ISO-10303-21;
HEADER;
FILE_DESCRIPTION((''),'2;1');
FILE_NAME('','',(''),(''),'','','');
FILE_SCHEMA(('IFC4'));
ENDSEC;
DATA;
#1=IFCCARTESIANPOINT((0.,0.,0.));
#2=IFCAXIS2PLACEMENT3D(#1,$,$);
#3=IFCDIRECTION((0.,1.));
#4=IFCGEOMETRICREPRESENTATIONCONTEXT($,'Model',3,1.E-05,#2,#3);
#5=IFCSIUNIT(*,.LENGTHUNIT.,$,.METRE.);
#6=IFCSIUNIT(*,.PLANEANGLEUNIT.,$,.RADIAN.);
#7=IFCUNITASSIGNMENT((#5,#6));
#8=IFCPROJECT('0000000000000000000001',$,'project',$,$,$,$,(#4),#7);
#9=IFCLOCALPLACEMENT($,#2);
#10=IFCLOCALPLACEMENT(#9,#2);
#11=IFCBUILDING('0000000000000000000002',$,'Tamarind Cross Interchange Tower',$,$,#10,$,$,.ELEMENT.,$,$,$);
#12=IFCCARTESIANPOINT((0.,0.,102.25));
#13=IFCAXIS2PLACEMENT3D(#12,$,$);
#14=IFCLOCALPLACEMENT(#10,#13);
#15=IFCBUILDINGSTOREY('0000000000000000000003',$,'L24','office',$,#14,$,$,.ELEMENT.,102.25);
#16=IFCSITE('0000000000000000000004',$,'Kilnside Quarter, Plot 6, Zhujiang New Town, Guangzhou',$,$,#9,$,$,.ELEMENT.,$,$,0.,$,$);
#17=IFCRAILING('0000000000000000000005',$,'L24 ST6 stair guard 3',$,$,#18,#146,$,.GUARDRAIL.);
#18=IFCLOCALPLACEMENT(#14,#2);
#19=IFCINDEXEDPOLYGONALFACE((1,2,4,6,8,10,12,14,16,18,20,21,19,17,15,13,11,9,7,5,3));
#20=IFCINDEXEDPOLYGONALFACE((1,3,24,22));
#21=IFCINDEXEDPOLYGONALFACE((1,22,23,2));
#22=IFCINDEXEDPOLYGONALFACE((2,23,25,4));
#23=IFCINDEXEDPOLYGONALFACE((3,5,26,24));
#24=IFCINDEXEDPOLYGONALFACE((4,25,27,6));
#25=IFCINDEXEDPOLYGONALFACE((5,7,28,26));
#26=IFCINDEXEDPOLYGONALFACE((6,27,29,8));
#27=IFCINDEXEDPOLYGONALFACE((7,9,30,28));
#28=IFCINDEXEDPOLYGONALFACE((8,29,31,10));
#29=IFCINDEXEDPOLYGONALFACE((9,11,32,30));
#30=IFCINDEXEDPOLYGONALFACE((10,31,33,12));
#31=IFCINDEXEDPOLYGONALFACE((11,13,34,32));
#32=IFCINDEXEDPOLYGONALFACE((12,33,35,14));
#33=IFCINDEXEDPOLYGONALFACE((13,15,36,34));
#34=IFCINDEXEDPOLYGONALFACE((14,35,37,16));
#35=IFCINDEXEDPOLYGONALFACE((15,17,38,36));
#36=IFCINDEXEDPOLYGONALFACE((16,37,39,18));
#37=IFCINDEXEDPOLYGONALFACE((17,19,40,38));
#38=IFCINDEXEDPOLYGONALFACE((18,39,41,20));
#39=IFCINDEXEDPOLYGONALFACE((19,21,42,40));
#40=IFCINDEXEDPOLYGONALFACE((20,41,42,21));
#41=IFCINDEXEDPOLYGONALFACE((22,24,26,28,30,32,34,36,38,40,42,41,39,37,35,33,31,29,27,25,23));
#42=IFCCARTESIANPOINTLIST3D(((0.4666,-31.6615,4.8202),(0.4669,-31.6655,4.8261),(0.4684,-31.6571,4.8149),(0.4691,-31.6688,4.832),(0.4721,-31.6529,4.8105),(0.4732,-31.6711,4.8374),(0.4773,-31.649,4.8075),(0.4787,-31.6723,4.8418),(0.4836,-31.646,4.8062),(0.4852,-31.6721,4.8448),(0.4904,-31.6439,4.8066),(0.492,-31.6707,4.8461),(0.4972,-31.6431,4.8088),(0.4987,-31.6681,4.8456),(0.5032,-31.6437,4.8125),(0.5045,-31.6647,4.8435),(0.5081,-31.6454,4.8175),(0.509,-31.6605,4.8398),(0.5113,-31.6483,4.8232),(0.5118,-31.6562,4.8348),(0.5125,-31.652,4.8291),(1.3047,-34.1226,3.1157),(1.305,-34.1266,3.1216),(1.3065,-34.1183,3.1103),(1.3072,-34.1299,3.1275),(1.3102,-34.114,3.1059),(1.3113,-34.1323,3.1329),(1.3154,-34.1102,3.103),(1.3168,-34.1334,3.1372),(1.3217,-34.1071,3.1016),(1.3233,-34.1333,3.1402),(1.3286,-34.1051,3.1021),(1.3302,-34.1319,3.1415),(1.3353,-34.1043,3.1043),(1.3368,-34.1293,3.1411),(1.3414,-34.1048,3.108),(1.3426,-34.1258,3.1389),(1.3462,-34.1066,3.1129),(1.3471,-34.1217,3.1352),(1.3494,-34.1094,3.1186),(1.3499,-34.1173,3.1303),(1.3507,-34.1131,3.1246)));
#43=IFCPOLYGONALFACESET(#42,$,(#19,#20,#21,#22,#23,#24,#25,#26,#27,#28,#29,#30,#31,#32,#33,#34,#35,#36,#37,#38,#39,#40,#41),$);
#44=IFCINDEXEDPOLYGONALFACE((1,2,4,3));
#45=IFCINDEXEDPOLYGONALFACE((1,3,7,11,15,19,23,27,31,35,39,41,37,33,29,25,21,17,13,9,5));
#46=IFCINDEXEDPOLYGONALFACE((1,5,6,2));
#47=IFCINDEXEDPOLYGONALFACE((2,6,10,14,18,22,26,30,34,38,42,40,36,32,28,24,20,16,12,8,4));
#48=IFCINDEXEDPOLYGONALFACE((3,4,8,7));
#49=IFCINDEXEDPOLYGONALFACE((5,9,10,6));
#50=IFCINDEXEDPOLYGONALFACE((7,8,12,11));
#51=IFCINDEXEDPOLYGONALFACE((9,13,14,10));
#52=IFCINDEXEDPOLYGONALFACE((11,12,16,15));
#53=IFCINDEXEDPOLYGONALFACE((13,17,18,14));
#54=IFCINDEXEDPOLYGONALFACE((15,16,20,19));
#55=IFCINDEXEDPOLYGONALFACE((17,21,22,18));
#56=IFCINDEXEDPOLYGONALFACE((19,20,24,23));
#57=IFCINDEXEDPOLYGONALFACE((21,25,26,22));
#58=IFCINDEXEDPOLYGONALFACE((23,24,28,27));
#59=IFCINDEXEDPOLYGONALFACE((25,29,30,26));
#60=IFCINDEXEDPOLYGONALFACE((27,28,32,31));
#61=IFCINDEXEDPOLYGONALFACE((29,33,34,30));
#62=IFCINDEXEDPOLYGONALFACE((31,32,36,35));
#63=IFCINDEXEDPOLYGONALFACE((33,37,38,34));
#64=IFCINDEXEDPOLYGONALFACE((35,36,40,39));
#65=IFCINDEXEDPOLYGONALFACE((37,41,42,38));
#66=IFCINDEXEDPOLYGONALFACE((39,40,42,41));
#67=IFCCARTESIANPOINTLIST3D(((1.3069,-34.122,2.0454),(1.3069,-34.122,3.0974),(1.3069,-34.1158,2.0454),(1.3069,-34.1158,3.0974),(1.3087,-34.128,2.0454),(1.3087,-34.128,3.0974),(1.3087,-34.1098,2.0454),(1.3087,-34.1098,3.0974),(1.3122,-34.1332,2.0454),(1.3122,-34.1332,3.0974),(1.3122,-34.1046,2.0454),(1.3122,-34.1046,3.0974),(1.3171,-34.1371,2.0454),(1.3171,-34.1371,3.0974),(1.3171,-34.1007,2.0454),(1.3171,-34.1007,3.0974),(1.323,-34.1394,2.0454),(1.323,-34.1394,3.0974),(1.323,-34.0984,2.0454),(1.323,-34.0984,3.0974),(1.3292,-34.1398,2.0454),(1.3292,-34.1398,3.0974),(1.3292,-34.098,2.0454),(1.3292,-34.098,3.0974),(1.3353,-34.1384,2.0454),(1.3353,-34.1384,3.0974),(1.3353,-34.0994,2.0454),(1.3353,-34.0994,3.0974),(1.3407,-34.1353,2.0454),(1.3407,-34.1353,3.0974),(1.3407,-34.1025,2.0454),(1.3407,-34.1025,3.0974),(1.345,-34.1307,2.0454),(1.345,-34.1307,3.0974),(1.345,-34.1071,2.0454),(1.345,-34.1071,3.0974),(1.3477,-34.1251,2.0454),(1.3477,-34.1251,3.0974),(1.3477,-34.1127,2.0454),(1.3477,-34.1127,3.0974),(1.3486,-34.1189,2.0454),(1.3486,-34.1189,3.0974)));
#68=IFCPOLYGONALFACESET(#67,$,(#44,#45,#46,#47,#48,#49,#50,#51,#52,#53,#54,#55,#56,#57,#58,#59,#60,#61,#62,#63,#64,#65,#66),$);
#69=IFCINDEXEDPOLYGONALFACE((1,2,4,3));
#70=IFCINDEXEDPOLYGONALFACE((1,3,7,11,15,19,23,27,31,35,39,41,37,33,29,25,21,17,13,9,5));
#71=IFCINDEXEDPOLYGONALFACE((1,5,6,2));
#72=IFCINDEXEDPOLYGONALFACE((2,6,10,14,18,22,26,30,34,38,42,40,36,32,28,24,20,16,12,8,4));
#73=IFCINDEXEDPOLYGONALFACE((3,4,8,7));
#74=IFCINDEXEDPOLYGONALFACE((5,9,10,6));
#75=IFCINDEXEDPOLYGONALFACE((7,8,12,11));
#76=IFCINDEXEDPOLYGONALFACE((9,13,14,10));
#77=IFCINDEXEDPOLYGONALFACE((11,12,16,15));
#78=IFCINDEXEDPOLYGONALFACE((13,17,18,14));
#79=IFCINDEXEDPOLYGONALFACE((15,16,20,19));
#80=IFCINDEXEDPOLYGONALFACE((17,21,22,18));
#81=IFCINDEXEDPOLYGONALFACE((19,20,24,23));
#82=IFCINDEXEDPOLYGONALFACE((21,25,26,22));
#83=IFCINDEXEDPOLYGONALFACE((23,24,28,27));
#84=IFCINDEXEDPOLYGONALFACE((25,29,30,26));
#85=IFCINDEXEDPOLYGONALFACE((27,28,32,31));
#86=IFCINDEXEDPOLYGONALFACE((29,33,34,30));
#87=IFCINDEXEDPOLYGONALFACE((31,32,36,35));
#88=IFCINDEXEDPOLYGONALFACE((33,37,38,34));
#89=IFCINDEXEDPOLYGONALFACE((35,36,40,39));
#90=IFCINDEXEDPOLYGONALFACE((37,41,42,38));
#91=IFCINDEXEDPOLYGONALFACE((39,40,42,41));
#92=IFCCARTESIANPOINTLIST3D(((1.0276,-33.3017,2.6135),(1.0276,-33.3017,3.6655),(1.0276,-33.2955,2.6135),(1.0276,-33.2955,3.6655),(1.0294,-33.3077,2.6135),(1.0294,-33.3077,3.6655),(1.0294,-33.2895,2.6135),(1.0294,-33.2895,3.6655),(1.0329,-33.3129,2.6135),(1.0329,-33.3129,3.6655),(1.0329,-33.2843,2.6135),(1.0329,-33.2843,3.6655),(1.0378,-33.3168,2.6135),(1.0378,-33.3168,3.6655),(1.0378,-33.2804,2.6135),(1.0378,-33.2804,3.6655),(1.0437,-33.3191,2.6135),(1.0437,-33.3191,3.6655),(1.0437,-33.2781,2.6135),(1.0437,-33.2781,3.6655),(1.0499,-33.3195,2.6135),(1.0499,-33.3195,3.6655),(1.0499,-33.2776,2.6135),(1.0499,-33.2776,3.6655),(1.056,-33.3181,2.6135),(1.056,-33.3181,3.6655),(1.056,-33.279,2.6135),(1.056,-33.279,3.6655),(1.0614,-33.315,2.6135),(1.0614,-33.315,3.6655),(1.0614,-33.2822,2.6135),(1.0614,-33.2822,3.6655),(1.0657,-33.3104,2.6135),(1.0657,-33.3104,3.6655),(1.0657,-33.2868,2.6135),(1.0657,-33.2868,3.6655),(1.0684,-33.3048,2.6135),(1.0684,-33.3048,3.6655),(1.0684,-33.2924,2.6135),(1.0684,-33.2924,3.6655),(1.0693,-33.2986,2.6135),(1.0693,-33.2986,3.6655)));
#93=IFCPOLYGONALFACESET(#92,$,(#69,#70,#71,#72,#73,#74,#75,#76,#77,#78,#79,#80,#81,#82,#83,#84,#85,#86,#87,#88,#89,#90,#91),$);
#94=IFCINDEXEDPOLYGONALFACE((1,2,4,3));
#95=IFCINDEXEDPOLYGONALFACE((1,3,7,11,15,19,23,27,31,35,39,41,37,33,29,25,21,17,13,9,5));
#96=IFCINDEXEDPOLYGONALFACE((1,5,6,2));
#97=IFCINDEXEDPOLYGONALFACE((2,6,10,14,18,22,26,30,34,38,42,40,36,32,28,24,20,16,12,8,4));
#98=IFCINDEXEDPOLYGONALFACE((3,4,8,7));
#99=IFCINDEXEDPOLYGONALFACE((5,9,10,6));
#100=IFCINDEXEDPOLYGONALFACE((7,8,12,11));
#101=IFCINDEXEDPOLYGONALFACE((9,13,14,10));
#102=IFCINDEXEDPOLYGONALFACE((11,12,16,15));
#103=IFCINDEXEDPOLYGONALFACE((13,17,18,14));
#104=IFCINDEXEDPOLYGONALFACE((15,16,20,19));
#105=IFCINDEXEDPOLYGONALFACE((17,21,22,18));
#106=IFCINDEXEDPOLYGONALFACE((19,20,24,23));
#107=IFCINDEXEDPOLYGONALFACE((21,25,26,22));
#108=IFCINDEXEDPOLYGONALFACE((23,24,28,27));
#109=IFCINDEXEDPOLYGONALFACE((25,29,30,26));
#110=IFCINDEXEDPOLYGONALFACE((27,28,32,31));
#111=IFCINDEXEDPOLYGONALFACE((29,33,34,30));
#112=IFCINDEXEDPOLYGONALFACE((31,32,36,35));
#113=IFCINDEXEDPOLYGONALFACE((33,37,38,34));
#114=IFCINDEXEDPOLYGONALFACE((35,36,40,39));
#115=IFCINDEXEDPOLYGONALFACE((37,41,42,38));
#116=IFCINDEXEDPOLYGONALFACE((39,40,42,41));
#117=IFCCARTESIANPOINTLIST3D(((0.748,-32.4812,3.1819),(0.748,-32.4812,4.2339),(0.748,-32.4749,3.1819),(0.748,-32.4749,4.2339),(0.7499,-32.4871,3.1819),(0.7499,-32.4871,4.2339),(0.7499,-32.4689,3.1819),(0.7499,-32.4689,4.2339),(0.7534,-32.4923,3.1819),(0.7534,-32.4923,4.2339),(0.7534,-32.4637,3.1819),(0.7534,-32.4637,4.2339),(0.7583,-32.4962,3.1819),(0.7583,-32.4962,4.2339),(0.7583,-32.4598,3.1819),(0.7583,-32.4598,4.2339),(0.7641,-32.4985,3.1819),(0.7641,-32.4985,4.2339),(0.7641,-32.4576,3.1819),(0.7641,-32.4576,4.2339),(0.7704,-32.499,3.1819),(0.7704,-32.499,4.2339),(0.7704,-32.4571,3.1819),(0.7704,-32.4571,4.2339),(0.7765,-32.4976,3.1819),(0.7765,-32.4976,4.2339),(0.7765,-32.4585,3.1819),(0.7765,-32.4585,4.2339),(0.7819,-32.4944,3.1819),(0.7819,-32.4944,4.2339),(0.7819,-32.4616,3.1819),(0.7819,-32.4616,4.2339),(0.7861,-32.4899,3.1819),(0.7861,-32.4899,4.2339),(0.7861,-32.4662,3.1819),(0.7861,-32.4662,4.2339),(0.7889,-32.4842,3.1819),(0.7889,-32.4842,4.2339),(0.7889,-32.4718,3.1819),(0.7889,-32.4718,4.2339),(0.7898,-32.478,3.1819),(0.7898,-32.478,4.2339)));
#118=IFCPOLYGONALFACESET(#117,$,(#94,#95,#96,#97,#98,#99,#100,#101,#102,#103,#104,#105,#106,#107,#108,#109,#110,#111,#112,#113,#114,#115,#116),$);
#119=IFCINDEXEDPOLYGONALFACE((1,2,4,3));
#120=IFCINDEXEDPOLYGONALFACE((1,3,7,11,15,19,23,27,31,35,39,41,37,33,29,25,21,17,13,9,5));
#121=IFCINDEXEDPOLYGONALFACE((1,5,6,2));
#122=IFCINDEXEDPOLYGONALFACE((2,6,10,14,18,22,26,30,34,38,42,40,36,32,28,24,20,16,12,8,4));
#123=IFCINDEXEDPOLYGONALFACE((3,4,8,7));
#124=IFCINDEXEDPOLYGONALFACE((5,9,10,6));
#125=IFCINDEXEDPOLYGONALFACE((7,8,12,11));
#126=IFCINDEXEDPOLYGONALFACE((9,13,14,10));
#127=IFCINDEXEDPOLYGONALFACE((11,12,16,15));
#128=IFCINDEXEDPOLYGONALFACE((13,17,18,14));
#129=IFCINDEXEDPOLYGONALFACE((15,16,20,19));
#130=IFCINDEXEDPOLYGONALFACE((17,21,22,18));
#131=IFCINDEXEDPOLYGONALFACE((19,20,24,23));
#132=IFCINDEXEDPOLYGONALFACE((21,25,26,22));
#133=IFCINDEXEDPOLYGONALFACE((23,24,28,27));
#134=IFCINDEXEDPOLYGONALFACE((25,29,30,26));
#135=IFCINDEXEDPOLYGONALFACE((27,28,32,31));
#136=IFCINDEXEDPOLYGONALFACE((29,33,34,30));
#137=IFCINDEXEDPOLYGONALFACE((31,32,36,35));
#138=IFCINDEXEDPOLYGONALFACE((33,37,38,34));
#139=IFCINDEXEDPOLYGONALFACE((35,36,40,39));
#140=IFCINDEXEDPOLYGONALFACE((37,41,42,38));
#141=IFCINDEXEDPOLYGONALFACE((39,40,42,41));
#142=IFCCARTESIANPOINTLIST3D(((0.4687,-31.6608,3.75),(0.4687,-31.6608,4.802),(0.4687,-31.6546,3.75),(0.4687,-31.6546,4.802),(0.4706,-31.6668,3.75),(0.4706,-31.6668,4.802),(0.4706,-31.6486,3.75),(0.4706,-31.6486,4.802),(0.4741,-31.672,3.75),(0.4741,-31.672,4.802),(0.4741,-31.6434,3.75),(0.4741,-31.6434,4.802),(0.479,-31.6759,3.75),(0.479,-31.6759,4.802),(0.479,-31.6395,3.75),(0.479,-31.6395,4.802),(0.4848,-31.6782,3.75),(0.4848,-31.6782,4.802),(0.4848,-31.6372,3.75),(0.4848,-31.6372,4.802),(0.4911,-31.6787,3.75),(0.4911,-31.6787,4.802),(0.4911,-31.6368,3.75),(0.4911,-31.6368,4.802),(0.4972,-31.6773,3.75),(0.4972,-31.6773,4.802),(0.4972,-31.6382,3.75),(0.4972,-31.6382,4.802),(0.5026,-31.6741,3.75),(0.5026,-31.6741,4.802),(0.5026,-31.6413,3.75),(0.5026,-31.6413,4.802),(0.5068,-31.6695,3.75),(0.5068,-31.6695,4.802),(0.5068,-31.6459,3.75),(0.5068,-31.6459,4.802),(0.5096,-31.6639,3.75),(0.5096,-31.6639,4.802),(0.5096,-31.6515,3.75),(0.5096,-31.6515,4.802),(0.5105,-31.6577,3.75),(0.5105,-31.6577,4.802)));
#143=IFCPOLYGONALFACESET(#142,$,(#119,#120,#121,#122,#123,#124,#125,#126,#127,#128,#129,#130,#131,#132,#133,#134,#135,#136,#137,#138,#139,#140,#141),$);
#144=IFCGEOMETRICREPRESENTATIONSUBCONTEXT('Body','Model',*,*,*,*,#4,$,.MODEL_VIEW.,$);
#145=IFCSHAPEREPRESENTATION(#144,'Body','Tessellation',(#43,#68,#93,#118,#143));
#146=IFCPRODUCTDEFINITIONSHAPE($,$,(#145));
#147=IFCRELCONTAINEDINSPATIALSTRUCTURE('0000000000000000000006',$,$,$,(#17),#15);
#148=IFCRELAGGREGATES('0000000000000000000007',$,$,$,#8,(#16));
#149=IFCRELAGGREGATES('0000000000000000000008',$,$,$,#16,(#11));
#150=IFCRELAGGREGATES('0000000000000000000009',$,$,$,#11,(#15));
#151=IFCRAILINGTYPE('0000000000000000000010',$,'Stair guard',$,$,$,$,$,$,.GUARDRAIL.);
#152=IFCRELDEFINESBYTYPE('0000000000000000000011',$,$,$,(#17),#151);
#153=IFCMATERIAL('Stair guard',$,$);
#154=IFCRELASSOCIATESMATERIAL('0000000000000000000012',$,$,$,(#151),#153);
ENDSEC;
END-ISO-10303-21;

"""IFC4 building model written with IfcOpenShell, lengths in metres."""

from ifc_helpers import new_model, si_unit, direction, frame, origin, origin_2d, place, context, subcontext, project, spatial, circle, extrude, material, type_object, element, save


model = new_model("IFC4")

# Units and contexts
model_context = context("Model", 3, precision=1e-05, world=origin(), true_north=direction((0.0, 1.0)))
body_context = subcontext(model_context, "Body", "Model", "MODEL_VIEW")
ifc_project = project(units=[si_unit("LENGTHUNIT", "METRE"), si_unit("PLANEANGLEUNIT", "RADIAN")], contexts=[model_context])

# Site, building, storey
site_placement = place(None, origin())
site = spatial("IfcSite", under=ifc_project, at=site_placement, Name="Kilnside Quarter, Plot 6, Zhujiang New Town, Guangzhou", CompositionType="ELEMENT", RefElevation=0.0)
building_placement = place(site_placement, origin())
building = spatial("IfcBuilding", under=site, at=building_placement, Name="Tamarind Cross Interchange Tower", CompositionType="ELEMENT")
storey_placement = place(building_placement, frame((0.0, 0.0, 102.25)))
storey = spatial("IfcBuildingStorey", under=building, at=storey_placement, Name="L24", Description="office", CompositionType="ELEMENT", Elevation=102.25)

# Railing
ifc_material_1 = material(Name="Stair guard")
railing_type_1 = type_object("IfcRailingType", Name="Stair guard", PredefinedType="GUARDRAIL", material=ifc_material_1)
railing_1_placement = place(storey_placement, frame((1.3276, -34.1189, 2.0454)))
element("IfcRailing", 1, at=railing_1_placement, inside=storey, type_object=railing_type_1, Name="L24 ST6 stair guard 3", PredefinedType="GUARDRAIL", context=body_context, shape_type="SweptSolid", body=[
    extrude(circle(Radius=0.0239, at=origin_2d()), frame((0.0, 0.0, 1.0762), z_axis=(-0.269589, 0.791646, 0.548286), x_axis=(-0.946616, -0.322362, 0.0)), (0.0, 0.0, 1.0), 3.1089),
    extrude(circle(Radius=0.021, at=origin_2d()), origin(), (0.0, 0.0, 1.0), 1.052),
    extrude(circle(Radius=0.021, at=origin_2d()), frame((-0.2793, 0.8203, 0.5681)), (0.0, 0.0, 1.0), 1.052),
    extrude(circle(Radius=0.021, at=origin_2d()), frame((-0.5588, 1.6409, 1.1365)), (0.0, 0.0, 1.0), 1.052),
    extrude(circle(Radius=0.021, at=origin_2d()), frame((-0.8381, 2.4612, 1.7046)), (0.0, 0.0, 1.0), 1.052),
])

save(model, "model.ifc")
